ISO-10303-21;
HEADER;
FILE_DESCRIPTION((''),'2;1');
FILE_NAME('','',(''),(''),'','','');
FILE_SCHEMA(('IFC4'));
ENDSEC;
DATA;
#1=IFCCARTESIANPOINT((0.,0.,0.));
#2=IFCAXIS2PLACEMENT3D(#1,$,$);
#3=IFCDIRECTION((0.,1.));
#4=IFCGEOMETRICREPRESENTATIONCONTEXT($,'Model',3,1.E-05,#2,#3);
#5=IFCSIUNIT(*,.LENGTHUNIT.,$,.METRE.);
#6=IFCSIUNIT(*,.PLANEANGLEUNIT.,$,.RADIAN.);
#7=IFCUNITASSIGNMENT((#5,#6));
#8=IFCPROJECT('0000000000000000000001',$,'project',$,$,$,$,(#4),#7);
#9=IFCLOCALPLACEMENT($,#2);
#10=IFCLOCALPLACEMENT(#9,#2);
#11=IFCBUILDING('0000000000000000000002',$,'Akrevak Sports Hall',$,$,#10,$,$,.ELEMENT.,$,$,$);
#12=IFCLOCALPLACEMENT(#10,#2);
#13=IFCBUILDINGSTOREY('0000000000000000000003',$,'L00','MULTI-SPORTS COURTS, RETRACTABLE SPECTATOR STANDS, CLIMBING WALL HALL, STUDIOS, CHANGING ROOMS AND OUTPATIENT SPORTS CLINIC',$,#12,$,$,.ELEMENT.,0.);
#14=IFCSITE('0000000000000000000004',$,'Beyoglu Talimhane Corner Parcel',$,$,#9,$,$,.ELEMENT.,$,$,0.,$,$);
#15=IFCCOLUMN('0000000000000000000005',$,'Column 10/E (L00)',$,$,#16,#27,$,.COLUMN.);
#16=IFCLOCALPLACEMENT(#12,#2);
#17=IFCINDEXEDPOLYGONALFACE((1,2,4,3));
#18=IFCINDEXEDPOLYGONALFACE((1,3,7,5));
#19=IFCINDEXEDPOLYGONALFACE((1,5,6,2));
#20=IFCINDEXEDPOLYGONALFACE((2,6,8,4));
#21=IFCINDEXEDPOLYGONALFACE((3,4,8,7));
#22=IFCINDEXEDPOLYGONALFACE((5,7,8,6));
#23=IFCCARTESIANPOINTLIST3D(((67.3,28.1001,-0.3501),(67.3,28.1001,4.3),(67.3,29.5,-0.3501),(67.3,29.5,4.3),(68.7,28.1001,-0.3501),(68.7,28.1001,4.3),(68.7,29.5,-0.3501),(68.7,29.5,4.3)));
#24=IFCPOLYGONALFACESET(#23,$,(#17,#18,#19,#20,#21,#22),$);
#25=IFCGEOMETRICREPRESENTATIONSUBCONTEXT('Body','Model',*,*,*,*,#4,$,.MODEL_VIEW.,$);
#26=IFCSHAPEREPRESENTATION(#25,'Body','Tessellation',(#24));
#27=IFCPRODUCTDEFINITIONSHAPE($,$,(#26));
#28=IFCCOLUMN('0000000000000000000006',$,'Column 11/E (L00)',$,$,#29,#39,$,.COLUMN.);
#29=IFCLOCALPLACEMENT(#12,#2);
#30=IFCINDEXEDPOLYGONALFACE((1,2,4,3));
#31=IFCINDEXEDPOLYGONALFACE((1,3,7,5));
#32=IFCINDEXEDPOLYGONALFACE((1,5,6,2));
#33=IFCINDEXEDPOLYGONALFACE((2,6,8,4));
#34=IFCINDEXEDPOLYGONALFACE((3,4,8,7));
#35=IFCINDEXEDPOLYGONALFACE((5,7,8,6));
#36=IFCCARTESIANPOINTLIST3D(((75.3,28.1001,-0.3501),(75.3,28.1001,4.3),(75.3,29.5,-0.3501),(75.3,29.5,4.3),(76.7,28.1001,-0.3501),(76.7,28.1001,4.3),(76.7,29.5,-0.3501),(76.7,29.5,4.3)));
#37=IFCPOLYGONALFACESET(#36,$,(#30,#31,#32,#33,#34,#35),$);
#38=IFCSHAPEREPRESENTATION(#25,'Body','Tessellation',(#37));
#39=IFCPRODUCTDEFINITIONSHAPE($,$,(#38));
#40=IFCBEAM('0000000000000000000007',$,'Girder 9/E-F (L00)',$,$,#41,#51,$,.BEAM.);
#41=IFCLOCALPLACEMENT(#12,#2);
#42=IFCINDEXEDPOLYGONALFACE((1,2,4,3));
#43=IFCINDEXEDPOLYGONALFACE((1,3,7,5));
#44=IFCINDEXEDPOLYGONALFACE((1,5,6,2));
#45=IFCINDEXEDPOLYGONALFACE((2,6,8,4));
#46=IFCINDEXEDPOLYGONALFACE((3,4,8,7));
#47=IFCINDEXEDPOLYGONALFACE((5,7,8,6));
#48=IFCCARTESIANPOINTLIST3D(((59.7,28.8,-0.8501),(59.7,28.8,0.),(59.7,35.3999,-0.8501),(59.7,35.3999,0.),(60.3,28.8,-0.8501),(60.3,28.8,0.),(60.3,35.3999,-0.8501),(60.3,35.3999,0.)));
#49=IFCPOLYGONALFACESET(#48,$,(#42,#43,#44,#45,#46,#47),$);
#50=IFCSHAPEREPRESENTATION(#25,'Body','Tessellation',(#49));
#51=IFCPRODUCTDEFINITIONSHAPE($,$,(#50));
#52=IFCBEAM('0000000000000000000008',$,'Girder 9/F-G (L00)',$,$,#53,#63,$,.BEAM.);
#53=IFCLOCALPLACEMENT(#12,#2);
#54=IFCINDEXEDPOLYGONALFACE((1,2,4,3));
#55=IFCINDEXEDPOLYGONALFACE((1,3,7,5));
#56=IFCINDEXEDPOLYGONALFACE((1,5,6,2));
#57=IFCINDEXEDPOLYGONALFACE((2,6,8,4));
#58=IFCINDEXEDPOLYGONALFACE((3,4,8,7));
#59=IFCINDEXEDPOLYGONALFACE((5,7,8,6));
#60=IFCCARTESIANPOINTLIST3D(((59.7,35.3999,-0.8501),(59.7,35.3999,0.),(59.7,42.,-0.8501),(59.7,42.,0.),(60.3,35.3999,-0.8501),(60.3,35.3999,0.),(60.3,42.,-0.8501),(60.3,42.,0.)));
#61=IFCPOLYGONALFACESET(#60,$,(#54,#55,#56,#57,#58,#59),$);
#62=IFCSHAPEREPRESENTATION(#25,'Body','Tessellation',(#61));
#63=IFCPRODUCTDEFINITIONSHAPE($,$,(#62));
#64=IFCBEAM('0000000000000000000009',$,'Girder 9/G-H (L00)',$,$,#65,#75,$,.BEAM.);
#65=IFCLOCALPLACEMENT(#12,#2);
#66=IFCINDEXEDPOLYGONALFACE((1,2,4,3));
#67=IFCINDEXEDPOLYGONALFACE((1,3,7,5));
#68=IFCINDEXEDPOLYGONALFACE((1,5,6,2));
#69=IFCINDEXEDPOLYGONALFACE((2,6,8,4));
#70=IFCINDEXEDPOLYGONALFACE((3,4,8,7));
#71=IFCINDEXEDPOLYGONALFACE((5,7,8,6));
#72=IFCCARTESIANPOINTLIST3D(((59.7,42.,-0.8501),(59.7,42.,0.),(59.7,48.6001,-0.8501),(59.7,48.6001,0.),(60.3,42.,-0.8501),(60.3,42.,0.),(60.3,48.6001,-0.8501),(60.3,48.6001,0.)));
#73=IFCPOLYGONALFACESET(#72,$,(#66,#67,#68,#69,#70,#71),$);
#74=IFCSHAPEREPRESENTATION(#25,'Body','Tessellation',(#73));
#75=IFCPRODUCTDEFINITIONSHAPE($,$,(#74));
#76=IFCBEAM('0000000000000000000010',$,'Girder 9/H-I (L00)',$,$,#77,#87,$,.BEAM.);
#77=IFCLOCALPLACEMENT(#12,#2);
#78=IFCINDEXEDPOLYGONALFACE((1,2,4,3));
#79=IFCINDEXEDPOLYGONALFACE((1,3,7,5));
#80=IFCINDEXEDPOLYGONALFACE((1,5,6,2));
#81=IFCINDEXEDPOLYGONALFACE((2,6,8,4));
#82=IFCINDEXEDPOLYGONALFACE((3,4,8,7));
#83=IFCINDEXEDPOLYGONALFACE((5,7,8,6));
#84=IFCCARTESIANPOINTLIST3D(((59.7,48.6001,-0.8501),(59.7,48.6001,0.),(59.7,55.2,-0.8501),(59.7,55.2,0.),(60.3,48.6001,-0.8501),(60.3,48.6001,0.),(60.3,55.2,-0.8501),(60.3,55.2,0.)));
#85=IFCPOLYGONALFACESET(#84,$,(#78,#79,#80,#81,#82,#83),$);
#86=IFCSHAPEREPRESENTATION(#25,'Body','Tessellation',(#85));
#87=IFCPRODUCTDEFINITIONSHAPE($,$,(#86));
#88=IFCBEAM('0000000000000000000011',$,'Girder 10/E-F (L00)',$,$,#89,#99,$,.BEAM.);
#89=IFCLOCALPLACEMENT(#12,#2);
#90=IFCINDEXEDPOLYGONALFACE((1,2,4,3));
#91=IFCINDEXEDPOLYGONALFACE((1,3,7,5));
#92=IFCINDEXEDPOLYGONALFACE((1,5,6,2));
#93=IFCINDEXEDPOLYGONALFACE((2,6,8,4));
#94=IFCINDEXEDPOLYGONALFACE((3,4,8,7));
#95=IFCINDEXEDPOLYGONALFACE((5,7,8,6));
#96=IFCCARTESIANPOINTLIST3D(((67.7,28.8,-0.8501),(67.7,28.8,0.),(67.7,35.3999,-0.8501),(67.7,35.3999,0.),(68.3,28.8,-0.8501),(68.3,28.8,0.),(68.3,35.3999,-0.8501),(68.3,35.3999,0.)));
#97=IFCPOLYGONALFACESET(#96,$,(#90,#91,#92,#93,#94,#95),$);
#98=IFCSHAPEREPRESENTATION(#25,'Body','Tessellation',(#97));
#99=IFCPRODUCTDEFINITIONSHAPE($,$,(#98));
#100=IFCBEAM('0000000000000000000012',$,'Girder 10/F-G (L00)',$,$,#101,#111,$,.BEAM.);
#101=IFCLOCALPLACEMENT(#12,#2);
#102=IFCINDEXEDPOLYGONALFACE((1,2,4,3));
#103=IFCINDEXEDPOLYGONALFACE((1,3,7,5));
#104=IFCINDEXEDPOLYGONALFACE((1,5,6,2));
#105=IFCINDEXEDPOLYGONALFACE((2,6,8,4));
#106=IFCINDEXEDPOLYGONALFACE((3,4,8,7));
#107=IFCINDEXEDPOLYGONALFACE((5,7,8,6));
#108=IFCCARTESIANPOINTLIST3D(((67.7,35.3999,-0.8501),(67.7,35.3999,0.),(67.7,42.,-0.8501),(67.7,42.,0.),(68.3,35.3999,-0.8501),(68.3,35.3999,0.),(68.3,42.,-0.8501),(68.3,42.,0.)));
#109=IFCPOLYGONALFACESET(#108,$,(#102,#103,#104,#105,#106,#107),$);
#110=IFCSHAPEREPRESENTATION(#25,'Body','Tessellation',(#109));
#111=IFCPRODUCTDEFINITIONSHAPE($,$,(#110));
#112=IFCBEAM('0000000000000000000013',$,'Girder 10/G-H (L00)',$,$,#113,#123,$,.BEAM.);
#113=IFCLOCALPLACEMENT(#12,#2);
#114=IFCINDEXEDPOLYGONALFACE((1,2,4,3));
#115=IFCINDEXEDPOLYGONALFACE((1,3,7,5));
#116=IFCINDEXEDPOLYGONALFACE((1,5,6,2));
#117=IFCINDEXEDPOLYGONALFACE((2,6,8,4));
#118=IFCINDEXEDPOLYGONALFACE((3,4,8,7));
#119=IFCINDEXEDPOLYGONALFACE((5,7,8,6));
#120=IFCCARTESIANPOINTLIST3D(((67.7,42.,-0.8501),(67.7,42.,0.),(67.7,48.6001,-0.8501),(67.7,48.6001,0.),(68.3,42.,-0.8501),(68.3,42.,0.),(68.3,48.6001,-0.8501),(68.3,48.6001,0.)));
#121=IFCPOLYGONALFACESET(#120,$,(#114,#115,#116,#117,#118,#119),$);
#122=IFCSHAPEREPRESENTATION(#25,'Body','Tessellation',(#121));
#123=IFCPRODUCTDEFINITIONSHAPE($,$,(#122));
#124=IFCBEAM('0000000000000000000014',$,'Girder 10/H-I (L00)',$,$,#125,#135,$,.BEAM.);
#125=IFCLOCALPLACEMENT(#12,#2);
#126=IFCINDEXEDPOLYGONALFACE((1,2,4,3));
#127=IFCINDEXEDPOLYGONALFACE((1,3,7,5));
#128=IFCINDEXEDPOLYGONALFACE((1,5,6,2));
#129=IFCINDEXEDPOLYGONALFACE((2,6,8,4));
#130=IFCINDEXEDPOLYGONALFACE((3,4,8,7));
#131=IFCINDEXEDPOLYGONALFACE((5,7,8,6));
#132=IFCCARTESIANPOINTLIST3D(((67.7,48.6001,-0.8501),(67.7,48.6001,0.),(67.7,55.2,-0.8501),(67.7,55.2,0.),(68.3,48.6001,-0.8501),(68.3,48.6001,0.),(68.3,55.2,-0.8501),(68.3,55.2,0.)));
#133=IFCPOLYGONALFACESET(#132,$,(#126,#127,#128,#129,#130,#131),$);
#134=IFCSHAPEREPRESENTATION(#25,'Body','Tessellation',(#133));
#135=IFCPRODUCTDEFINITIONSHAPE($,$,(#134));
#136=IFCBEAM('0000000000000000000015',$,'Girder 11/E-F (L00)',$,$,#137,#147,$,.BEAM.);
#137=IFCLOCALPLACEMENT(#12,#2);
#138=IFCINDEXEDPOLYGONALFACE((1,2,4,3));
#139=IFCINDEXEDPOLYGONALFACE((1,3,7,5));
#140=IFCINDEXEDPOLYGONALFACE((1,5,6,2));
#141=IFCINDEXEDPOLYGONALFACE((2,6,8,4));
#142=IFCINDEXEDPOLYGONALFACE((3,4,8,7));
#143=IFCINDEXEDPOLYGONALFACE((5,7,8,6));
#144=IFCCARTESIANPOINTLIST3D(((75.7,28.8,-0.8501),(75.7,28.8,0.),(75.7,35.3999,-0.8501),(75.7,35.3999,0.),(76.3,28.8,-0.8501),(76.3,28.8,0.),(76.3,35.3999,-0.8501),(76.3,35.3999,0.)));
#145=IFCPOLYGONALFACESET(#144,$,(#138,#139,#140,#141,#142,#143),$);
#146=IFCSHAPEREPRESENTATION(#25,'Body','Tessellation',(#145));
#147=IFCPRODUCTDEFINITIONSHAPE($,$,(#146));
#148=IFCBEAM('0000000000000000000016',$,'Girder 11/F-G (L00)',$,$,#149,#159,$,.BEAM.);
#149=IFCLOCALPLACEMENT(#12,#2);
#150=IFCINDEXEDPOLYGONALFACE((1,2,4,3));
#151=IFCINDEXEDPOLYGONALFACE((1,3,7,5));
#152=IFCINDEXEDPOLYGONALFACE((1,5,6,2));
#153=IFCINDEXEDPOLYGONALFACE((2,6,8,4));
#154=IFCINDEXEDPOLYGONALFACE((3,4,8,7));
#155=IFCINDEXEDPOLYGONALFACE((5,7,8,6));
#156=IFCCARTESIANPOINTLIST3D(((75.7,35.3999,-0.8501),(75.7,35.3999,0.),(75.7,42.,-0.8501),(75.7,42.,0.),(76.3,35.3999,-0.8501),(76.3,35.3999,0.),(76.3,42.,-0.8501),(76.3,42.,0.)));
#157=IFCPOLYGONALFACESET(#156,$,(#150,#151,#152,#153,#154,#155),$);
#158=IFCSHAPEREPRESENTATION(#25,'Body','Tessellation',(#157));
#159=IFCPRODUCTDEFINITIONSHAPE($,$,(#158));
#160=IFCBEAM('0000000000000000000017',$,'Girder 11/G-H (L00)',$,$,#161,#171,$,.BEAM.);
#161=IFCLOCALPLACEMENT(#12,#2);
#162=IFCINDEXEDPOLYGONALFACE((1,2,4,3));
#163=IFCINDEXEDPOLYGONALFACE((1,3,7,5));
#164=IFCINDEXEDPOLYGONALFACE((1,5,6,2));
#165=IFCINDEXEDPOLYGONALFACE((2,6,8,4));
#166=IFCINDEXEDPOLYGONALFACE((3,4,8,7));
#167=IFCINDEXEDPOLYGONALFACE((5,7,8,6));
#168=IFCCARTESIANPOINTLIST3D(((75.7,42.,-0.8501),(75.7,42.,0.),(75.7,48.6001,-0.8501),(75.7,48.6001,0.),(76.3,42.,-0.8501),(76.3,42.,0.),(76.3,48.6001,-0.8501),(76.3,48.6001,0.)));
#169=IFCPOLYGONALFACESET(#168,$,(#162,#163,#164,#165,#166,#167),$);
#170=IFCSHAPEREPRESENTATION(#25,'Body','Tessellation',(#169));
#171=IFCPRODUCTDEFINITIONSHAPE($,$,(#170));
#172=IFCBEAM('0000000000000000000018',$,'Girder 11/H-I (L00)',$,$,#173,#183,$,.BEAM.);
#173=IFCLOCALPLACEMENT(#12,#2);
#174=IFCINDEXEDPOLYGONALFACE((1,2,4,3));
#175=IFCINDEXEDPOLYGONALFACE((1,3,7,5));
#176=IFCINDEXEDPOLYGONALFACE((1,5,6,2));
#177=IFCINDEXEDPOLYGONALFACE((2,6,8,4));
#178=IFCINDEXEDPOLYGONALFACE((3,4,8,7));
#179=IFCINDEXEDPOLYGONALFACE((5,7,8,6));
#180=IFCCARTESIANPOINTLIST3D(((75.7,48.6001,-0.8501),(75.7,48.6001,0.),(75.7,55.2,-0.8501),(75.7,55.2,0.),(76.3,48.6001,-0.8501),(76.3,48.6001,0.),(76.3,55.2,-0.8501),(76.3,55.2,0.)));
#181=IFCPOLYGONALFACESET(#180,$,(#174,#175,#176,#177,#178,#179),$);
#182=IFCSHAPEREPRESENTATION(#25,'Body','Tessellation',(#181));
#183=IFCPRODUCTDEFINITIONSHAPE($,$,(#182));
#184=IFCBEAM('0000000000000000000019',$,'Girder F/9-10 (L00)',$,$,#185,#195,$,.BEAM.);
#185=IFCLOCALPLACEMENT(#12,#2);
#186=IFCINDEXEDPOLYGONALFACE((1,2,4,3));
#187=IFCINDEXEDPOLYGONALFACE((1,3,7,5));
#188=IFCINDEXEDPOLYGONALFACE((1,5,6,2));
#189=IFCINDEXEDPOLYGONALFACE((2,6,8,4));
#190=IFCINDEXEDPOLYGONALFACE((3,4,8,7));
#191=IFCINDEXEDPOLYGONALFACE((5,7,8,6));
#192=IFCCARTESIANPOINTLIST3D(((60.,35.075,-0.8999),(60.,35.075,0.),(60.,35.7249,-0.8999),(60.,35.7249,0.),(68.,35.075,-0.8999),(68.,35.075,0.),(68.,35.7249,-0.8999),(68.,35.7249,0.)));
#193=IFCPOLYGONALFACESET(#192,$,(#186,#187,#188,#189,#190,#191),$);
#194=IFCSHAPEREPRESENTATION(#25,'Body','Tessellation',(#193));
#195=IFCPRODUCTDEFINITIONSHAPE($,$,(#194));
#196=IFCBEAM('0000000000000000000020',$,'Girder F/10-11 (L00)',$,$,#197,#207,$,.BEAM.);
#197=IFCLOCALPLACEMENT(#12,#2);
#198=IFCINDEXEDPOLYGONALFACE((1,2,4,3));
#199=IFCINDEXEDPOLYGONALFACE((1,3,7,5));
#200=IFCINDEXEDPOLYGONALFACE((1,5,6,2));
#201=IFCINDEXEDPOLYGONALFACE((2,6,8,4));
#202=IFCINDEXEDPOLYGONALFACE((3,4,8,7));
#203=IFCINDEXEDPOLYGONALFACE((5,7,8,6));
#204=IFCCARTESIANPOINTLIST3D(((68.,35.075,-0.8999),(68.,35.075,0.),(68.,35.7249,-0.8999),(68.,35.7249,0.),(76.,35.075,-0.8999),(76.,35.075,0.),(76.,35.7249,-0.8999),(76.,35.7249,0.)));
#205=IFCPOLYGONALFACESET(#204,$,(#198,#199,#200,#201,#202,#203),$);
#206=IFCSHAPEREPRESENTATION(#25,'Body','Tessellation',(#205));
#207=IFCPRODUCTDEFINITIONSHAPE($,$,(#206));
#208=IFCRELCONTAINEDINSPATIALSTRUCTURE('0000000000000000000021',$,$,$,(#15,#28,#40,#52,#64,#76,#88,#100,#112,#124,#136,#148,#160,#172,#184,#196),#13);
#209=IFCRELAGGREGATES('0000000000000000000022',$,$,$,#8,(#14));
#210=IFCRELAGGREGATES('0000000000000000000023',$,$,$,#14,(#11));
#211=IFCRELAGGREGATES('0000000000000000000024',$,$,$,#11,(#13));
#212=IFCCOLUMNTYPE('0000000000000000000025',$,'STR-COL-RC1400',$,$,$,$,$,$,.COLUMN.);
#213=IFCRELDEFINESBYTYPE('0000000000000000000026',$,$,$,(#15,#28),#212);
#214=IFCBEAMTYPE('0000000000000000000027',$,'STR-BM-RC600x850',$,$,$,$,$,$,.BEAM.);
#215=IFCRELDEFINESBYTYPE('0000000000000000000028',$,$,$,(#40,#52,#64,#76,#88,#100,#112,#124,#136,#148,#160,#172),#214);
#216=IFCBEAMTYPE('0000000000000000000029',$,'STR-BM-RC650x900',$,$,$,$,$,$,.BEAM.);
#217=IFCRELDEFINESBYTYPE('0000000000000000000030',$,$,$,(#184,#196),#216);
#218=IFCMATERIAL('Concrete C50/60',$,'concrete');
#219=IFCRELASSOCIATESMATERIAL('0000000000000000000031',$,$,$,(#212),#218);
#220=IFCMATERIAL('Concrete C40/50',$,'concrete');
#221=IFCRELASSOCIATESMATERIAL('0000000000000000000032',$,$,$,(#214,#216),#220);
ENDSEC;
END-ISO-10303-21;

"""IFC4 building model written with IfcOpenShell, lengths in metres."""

from ifc_helpers import new_model, si_unit, direction, frame, origin, origin_2d, place, context, subcontext, project, spatial, rectangle, extrude, material, material_profile, profile_set, type_object, element, save


model = new_model("IFC4")

# Units and contexts
model_context = context("Model", 3, precision=1e-05, world=origin(), true_north=direction((0.0, 1.0)))
body_context = subcontext(model_context, "Body", "Model", "MODEL_VIEW")
ifc_project = project(units=[si_unit("LENGTHUNIT", "METRE"), si_unit("PLANEANGLEUNIT", "RADIAN")], contexts=[model_context])

# Site, building, storey
site_placement = place(None, origin())
site = spatial("IfcSite", under=ifc_project, at=site_placement, Name="Beyoglu Talimhane Corner Parcel", CompositionType="ELEMENT", RefElevation=0.0)
building_placement = place(site_placement, origin())
building = spatial("IfcBuilding", under=site, at=building_placement, Name="Akrevak Sports Hall", CompositionType="ELEMENT")
storey_placement = place(building_placement, origin())
storey = spatial("IfcBuildingStorey", under=building, at=storey_placement, Name="L00", Description="MULTI-SPORTS COURTS, RETRACTABLE SPECTATOR STANDS, CLIMBING WALL HALL, STUDIOS, CHANGING ROOMS AND OUTPATIENT SPORTS CLINIC", CompositionType="ELEMENT", Elevation=0.0)

# Columns
ifc_material_1 = material(Name="Concrete C50/60", Category="concrete")
ifc_material_profile_1 = material_profile(ifc_material_1, rectangle(XDim=1.3999, YDim=1.3999, at=origin_2d()), Name="RC 1400x1400", Category="concrete")
ifc_profile_set_1 = profile_set([ifc_material_profile_1], Name="Concrete C50/60")
column_type = type_object("IfcColumnType", Name="STR-COL-RC1400", PredefinedType="COLUMN", material=ifc_profile_set_1)
for number, where, z_axis, x_axis, name in (
    (1, (68.0, 28.8, -0.3501), (0.0, 0.0, 1.0), (1.0, 0.0, 0.0), "Column 10/E (L00)"),
    (2, (76.0, 28.8, -0.3501), (0.0, 0.0, 1.0), (1.0, 0.0, 0.0), "Column 11/E (L00)"),
):
    element("IfcColumn", number, at=place(storey_placement, frame(where, z_axis=z_axis, x_axis=x_axis)), inside=storey, type_object=column_type, Name=name, PredefinedType="COLUMN", context=body_context, shape_type="SweptSolid", body=[
        extrude(rectangle(XDim=1.3999, YDim=1.3999, at=origin_2d()), origin(), (0.0, 0.0, 1.0), 4.6501),
    ])

# Beams
ifc_material_2 = material(Name="Concrete C40/50", Category="concrete")
ifc_material_profile_2 = material_profile(ifc_material_2, rectangle(XDim=0.6001, YDim=0.8501, at=origin_2d()), Name="BM 600x850", Category="concrete")
ifc_profile_set_2 = profile_set([ifc_material_profile_2], Name="Concrete C40/50")
beam_type_1 = type_object("IfcBeamType", Name="STR-BM-RC600x850", PredefinedType="BEAM", material=ifc_profile_set_2)
beam_1_placement = place(storey_placement, frame((60.0, 28.8, -0.425), z_axis=(0.0, 1.0, 0.0), x_axis=(-1.0, 0.0, 0.0)))
element("IfcBeam", 3, at=beam_1_placement, inside=storey, type_object=beam_type_1, Name="Girder 9/E-F (L00)", PredefinedType="BEAM", context=body_context, shape_type="SweptSolid", body=[
    extrude(rectangle(XDim=0.6001, YDim=0.8501, at=origin_2d()), origin(), (0.0, 0.0, 1.0), 6.5999),
])
for number, where, z_axis, x_axis, name in (
    (4, (60.0, 35.3999, -0.425), (0.0, 1.0, 0.0), (-1.0, 0.0, 0.0), "Girder 9/F-G (L00)"),
    (5, (60.0, 42.0, -0.425), (0.0, 1.0, 0.0), (-1.0, 0.0, 0.0), "Girder 9/G-H (L00)"),
):
    element("IfcBeam", number, at=place(storey_placement, frame(where, z_axis=z_axis, x_axis=x_axis)), inside=storey, type_object=beam_type_1, Name=name, PredefinedType="BEAM", context=body_context, shape_type="SweptSolid", body=[
        extrude(rectangle(XDim=0.6001, YDim=0.8501, at=origin_2d()), origin(), (0.0, 0.0, 1.0), 6.6001),
    ])
for number, where, z_axis, x_axis, name in (
    (6, (60.0, 48.6001, -0.425), (0.0, 1.0, 0.0), (-1.0, 0.0, 0.0), "Girder 9/H-I (L00)"),
    (7, (68.0, 28.8, -0.425), (0.0, 1.0, 0.0), (-1.0, 0.0, 0.0), "Girder 10/E-F (L00)"),
):
    element("IfcBeam", number, at=place(storey_placement, frame(where, z_axis=z_axis, x_axis=x_axis)), inside=storey, type_object=beam_type_1, Name=name, PredefinedType="BEAM", context=body_context, shape_type="SweptSolid", body=[
        extrude(rectangle(XDim=0.6001, YDim=0.8501, at=origin_2d()), origin(), (0.0, 0.0, 1.0), 6.5999),
    ])
for number, where, z_axis, x_axis, name in (
    (8, (68.0, 35.3999, -0.425), (0.0, 1.0, 0.0), (-1.0, 0.0, 0.0), "Girder 10/F-G (L00)"),
    (9, (68.0, 42.0, -0.425), (0.0, 1.0, 0.0), (-1.0, 0.0, 0.0), "Girder 10/G-H (L00)"),
):
    element("IfcBeam", number, at=place(storey_placement, frame(where, z_axis=z_axis, x_axis=x_axis)), inside=storey, type_object=beam_type_1, Name=name, PredefinedType="BEAM", context=body_context, shape_type="SweptSolid", body=[
        extrude(rectangle(XDim=0.6001, YDim=0.8501, at=origin_2d()), origin(), (0.0, 0.0, 1.0), 6.6001),
    ])
for number, where, z_axis, x_axis, name in (
    (10, (68.0, 48.6001, -0.425), (0.0, 1.0, 0.0), (-1.0, 0.0, 0.0), "Girder 10/H-I (L00)"),
    (11, (76.0, 28.8, -0.425), (0.0, 1.0, 0.0), (-1.0, 0.0, 0.0), "Girder 11/E-F (L00)"),
):
    element("IfcBeam", number, at=place(storey_placement, frame(where, z_axis=z_axis, x_axis=x_axis)), inside=storey, type_object=beam_type_1, Name=name, PredefinedType="BEAM", context=body_context, shape_type="SweptSolid", body=[
        extrude(rectangle(XDim=0.6001, YDim=0.8501, at=origin_2d()), origin(), (0.0, 0.0, 1.0), 6.5999),
    ])
for number, where, z_axis, x_axis, name in (
    (12, (76.0, 35.3999, -0.425), (0.0, 1.0, 0.0), (-1.0, 0.0, 0.0), "Girder 11/F-G (L00)"),
    (13, (76.0, 42.0, -0.425), (0.0, 1.0, 0.0), (-1.0, 0.0, 0.0), "Girder 11/G-H (L00)"),
):
    element("IfcBeam", number, at=place(storey_placement, frame(where, z_axis=z_axis, x_axis=x_axis)), inside=storey, type_object=beam_type_1, Name=name, PredefinedType="BEAM", context=body_context, shape_type="SweptSolid", body=[
        extrude(rectangle(XDim=0.6001, YDim=0.8501, at=origin_2d()), origin(), (0.0, 0.0, 1.0), 6.6001),
    ])
beam_2_placement = place(storey_placement, frame((76.0, 48.6001, -0.425), z_axis=(0.0, 1.0, 0.0), x_axis=(-1.0, 0.0, 0.0)))
element("IfcBeam", 14, at=beam_2_placement, inside=storey, type_object=beam_type_1, Name="Girder 11/H-I (L00)", PredefinedType="BEAM", context=body_context, shape_type="SweptSolid", body=[
    extrude(rectangle(XDim=0.6001, YDim=0.8501, at=origin_2d()), origin(), (0.0, 0.0, 1.0), 6.5999),
])
ifc_material_profile_3 = material_profile(ifc_material_2, rectangle(XDim=0.6499, YDim=0.8999, at=origin_2d()), Name="BM 650x900", Category="concrete")
ifc_profile_set_3 = profile_set([ifc_material_profile_3], Name="Concrete C40/50")
beam_type_2 = type_object("IfcBeamType", Name="STR-BM-RC650x900", PredefinedType="BEAM", material=ifc_profile_set_3)
for number, where, z_axis, x_axis, name in (
    (15, (60.0, 35.3999, -0.45), (1.0, 0.0, 0.0), (0.0, 1.0, 0.0), "Girder F/9-10 (L00)"),
    (16, (68.0, 35.3999, -0.45), (1.0, 0.0, 0.0), (0.0, 1.0, 0.0), "Girder F/10-11 (L00)"),
):
    element("IfcBeam", number, at=place(storey_placement, frame(where, z_axis=z_axis, x_axis=x_axis)), inside=storey, type_object=beam_type_2, Name=name, PredefinedType="BEAM", context=body_context, shape_type="SweptSolid", body=[
        extrude(rectangle(XDim=0.6499, YDim=0.8999, at=origin_2d()), origin(), (0.0, 0.0, 1.0), 8.0),
    ])

save(model, "model.ifc")
